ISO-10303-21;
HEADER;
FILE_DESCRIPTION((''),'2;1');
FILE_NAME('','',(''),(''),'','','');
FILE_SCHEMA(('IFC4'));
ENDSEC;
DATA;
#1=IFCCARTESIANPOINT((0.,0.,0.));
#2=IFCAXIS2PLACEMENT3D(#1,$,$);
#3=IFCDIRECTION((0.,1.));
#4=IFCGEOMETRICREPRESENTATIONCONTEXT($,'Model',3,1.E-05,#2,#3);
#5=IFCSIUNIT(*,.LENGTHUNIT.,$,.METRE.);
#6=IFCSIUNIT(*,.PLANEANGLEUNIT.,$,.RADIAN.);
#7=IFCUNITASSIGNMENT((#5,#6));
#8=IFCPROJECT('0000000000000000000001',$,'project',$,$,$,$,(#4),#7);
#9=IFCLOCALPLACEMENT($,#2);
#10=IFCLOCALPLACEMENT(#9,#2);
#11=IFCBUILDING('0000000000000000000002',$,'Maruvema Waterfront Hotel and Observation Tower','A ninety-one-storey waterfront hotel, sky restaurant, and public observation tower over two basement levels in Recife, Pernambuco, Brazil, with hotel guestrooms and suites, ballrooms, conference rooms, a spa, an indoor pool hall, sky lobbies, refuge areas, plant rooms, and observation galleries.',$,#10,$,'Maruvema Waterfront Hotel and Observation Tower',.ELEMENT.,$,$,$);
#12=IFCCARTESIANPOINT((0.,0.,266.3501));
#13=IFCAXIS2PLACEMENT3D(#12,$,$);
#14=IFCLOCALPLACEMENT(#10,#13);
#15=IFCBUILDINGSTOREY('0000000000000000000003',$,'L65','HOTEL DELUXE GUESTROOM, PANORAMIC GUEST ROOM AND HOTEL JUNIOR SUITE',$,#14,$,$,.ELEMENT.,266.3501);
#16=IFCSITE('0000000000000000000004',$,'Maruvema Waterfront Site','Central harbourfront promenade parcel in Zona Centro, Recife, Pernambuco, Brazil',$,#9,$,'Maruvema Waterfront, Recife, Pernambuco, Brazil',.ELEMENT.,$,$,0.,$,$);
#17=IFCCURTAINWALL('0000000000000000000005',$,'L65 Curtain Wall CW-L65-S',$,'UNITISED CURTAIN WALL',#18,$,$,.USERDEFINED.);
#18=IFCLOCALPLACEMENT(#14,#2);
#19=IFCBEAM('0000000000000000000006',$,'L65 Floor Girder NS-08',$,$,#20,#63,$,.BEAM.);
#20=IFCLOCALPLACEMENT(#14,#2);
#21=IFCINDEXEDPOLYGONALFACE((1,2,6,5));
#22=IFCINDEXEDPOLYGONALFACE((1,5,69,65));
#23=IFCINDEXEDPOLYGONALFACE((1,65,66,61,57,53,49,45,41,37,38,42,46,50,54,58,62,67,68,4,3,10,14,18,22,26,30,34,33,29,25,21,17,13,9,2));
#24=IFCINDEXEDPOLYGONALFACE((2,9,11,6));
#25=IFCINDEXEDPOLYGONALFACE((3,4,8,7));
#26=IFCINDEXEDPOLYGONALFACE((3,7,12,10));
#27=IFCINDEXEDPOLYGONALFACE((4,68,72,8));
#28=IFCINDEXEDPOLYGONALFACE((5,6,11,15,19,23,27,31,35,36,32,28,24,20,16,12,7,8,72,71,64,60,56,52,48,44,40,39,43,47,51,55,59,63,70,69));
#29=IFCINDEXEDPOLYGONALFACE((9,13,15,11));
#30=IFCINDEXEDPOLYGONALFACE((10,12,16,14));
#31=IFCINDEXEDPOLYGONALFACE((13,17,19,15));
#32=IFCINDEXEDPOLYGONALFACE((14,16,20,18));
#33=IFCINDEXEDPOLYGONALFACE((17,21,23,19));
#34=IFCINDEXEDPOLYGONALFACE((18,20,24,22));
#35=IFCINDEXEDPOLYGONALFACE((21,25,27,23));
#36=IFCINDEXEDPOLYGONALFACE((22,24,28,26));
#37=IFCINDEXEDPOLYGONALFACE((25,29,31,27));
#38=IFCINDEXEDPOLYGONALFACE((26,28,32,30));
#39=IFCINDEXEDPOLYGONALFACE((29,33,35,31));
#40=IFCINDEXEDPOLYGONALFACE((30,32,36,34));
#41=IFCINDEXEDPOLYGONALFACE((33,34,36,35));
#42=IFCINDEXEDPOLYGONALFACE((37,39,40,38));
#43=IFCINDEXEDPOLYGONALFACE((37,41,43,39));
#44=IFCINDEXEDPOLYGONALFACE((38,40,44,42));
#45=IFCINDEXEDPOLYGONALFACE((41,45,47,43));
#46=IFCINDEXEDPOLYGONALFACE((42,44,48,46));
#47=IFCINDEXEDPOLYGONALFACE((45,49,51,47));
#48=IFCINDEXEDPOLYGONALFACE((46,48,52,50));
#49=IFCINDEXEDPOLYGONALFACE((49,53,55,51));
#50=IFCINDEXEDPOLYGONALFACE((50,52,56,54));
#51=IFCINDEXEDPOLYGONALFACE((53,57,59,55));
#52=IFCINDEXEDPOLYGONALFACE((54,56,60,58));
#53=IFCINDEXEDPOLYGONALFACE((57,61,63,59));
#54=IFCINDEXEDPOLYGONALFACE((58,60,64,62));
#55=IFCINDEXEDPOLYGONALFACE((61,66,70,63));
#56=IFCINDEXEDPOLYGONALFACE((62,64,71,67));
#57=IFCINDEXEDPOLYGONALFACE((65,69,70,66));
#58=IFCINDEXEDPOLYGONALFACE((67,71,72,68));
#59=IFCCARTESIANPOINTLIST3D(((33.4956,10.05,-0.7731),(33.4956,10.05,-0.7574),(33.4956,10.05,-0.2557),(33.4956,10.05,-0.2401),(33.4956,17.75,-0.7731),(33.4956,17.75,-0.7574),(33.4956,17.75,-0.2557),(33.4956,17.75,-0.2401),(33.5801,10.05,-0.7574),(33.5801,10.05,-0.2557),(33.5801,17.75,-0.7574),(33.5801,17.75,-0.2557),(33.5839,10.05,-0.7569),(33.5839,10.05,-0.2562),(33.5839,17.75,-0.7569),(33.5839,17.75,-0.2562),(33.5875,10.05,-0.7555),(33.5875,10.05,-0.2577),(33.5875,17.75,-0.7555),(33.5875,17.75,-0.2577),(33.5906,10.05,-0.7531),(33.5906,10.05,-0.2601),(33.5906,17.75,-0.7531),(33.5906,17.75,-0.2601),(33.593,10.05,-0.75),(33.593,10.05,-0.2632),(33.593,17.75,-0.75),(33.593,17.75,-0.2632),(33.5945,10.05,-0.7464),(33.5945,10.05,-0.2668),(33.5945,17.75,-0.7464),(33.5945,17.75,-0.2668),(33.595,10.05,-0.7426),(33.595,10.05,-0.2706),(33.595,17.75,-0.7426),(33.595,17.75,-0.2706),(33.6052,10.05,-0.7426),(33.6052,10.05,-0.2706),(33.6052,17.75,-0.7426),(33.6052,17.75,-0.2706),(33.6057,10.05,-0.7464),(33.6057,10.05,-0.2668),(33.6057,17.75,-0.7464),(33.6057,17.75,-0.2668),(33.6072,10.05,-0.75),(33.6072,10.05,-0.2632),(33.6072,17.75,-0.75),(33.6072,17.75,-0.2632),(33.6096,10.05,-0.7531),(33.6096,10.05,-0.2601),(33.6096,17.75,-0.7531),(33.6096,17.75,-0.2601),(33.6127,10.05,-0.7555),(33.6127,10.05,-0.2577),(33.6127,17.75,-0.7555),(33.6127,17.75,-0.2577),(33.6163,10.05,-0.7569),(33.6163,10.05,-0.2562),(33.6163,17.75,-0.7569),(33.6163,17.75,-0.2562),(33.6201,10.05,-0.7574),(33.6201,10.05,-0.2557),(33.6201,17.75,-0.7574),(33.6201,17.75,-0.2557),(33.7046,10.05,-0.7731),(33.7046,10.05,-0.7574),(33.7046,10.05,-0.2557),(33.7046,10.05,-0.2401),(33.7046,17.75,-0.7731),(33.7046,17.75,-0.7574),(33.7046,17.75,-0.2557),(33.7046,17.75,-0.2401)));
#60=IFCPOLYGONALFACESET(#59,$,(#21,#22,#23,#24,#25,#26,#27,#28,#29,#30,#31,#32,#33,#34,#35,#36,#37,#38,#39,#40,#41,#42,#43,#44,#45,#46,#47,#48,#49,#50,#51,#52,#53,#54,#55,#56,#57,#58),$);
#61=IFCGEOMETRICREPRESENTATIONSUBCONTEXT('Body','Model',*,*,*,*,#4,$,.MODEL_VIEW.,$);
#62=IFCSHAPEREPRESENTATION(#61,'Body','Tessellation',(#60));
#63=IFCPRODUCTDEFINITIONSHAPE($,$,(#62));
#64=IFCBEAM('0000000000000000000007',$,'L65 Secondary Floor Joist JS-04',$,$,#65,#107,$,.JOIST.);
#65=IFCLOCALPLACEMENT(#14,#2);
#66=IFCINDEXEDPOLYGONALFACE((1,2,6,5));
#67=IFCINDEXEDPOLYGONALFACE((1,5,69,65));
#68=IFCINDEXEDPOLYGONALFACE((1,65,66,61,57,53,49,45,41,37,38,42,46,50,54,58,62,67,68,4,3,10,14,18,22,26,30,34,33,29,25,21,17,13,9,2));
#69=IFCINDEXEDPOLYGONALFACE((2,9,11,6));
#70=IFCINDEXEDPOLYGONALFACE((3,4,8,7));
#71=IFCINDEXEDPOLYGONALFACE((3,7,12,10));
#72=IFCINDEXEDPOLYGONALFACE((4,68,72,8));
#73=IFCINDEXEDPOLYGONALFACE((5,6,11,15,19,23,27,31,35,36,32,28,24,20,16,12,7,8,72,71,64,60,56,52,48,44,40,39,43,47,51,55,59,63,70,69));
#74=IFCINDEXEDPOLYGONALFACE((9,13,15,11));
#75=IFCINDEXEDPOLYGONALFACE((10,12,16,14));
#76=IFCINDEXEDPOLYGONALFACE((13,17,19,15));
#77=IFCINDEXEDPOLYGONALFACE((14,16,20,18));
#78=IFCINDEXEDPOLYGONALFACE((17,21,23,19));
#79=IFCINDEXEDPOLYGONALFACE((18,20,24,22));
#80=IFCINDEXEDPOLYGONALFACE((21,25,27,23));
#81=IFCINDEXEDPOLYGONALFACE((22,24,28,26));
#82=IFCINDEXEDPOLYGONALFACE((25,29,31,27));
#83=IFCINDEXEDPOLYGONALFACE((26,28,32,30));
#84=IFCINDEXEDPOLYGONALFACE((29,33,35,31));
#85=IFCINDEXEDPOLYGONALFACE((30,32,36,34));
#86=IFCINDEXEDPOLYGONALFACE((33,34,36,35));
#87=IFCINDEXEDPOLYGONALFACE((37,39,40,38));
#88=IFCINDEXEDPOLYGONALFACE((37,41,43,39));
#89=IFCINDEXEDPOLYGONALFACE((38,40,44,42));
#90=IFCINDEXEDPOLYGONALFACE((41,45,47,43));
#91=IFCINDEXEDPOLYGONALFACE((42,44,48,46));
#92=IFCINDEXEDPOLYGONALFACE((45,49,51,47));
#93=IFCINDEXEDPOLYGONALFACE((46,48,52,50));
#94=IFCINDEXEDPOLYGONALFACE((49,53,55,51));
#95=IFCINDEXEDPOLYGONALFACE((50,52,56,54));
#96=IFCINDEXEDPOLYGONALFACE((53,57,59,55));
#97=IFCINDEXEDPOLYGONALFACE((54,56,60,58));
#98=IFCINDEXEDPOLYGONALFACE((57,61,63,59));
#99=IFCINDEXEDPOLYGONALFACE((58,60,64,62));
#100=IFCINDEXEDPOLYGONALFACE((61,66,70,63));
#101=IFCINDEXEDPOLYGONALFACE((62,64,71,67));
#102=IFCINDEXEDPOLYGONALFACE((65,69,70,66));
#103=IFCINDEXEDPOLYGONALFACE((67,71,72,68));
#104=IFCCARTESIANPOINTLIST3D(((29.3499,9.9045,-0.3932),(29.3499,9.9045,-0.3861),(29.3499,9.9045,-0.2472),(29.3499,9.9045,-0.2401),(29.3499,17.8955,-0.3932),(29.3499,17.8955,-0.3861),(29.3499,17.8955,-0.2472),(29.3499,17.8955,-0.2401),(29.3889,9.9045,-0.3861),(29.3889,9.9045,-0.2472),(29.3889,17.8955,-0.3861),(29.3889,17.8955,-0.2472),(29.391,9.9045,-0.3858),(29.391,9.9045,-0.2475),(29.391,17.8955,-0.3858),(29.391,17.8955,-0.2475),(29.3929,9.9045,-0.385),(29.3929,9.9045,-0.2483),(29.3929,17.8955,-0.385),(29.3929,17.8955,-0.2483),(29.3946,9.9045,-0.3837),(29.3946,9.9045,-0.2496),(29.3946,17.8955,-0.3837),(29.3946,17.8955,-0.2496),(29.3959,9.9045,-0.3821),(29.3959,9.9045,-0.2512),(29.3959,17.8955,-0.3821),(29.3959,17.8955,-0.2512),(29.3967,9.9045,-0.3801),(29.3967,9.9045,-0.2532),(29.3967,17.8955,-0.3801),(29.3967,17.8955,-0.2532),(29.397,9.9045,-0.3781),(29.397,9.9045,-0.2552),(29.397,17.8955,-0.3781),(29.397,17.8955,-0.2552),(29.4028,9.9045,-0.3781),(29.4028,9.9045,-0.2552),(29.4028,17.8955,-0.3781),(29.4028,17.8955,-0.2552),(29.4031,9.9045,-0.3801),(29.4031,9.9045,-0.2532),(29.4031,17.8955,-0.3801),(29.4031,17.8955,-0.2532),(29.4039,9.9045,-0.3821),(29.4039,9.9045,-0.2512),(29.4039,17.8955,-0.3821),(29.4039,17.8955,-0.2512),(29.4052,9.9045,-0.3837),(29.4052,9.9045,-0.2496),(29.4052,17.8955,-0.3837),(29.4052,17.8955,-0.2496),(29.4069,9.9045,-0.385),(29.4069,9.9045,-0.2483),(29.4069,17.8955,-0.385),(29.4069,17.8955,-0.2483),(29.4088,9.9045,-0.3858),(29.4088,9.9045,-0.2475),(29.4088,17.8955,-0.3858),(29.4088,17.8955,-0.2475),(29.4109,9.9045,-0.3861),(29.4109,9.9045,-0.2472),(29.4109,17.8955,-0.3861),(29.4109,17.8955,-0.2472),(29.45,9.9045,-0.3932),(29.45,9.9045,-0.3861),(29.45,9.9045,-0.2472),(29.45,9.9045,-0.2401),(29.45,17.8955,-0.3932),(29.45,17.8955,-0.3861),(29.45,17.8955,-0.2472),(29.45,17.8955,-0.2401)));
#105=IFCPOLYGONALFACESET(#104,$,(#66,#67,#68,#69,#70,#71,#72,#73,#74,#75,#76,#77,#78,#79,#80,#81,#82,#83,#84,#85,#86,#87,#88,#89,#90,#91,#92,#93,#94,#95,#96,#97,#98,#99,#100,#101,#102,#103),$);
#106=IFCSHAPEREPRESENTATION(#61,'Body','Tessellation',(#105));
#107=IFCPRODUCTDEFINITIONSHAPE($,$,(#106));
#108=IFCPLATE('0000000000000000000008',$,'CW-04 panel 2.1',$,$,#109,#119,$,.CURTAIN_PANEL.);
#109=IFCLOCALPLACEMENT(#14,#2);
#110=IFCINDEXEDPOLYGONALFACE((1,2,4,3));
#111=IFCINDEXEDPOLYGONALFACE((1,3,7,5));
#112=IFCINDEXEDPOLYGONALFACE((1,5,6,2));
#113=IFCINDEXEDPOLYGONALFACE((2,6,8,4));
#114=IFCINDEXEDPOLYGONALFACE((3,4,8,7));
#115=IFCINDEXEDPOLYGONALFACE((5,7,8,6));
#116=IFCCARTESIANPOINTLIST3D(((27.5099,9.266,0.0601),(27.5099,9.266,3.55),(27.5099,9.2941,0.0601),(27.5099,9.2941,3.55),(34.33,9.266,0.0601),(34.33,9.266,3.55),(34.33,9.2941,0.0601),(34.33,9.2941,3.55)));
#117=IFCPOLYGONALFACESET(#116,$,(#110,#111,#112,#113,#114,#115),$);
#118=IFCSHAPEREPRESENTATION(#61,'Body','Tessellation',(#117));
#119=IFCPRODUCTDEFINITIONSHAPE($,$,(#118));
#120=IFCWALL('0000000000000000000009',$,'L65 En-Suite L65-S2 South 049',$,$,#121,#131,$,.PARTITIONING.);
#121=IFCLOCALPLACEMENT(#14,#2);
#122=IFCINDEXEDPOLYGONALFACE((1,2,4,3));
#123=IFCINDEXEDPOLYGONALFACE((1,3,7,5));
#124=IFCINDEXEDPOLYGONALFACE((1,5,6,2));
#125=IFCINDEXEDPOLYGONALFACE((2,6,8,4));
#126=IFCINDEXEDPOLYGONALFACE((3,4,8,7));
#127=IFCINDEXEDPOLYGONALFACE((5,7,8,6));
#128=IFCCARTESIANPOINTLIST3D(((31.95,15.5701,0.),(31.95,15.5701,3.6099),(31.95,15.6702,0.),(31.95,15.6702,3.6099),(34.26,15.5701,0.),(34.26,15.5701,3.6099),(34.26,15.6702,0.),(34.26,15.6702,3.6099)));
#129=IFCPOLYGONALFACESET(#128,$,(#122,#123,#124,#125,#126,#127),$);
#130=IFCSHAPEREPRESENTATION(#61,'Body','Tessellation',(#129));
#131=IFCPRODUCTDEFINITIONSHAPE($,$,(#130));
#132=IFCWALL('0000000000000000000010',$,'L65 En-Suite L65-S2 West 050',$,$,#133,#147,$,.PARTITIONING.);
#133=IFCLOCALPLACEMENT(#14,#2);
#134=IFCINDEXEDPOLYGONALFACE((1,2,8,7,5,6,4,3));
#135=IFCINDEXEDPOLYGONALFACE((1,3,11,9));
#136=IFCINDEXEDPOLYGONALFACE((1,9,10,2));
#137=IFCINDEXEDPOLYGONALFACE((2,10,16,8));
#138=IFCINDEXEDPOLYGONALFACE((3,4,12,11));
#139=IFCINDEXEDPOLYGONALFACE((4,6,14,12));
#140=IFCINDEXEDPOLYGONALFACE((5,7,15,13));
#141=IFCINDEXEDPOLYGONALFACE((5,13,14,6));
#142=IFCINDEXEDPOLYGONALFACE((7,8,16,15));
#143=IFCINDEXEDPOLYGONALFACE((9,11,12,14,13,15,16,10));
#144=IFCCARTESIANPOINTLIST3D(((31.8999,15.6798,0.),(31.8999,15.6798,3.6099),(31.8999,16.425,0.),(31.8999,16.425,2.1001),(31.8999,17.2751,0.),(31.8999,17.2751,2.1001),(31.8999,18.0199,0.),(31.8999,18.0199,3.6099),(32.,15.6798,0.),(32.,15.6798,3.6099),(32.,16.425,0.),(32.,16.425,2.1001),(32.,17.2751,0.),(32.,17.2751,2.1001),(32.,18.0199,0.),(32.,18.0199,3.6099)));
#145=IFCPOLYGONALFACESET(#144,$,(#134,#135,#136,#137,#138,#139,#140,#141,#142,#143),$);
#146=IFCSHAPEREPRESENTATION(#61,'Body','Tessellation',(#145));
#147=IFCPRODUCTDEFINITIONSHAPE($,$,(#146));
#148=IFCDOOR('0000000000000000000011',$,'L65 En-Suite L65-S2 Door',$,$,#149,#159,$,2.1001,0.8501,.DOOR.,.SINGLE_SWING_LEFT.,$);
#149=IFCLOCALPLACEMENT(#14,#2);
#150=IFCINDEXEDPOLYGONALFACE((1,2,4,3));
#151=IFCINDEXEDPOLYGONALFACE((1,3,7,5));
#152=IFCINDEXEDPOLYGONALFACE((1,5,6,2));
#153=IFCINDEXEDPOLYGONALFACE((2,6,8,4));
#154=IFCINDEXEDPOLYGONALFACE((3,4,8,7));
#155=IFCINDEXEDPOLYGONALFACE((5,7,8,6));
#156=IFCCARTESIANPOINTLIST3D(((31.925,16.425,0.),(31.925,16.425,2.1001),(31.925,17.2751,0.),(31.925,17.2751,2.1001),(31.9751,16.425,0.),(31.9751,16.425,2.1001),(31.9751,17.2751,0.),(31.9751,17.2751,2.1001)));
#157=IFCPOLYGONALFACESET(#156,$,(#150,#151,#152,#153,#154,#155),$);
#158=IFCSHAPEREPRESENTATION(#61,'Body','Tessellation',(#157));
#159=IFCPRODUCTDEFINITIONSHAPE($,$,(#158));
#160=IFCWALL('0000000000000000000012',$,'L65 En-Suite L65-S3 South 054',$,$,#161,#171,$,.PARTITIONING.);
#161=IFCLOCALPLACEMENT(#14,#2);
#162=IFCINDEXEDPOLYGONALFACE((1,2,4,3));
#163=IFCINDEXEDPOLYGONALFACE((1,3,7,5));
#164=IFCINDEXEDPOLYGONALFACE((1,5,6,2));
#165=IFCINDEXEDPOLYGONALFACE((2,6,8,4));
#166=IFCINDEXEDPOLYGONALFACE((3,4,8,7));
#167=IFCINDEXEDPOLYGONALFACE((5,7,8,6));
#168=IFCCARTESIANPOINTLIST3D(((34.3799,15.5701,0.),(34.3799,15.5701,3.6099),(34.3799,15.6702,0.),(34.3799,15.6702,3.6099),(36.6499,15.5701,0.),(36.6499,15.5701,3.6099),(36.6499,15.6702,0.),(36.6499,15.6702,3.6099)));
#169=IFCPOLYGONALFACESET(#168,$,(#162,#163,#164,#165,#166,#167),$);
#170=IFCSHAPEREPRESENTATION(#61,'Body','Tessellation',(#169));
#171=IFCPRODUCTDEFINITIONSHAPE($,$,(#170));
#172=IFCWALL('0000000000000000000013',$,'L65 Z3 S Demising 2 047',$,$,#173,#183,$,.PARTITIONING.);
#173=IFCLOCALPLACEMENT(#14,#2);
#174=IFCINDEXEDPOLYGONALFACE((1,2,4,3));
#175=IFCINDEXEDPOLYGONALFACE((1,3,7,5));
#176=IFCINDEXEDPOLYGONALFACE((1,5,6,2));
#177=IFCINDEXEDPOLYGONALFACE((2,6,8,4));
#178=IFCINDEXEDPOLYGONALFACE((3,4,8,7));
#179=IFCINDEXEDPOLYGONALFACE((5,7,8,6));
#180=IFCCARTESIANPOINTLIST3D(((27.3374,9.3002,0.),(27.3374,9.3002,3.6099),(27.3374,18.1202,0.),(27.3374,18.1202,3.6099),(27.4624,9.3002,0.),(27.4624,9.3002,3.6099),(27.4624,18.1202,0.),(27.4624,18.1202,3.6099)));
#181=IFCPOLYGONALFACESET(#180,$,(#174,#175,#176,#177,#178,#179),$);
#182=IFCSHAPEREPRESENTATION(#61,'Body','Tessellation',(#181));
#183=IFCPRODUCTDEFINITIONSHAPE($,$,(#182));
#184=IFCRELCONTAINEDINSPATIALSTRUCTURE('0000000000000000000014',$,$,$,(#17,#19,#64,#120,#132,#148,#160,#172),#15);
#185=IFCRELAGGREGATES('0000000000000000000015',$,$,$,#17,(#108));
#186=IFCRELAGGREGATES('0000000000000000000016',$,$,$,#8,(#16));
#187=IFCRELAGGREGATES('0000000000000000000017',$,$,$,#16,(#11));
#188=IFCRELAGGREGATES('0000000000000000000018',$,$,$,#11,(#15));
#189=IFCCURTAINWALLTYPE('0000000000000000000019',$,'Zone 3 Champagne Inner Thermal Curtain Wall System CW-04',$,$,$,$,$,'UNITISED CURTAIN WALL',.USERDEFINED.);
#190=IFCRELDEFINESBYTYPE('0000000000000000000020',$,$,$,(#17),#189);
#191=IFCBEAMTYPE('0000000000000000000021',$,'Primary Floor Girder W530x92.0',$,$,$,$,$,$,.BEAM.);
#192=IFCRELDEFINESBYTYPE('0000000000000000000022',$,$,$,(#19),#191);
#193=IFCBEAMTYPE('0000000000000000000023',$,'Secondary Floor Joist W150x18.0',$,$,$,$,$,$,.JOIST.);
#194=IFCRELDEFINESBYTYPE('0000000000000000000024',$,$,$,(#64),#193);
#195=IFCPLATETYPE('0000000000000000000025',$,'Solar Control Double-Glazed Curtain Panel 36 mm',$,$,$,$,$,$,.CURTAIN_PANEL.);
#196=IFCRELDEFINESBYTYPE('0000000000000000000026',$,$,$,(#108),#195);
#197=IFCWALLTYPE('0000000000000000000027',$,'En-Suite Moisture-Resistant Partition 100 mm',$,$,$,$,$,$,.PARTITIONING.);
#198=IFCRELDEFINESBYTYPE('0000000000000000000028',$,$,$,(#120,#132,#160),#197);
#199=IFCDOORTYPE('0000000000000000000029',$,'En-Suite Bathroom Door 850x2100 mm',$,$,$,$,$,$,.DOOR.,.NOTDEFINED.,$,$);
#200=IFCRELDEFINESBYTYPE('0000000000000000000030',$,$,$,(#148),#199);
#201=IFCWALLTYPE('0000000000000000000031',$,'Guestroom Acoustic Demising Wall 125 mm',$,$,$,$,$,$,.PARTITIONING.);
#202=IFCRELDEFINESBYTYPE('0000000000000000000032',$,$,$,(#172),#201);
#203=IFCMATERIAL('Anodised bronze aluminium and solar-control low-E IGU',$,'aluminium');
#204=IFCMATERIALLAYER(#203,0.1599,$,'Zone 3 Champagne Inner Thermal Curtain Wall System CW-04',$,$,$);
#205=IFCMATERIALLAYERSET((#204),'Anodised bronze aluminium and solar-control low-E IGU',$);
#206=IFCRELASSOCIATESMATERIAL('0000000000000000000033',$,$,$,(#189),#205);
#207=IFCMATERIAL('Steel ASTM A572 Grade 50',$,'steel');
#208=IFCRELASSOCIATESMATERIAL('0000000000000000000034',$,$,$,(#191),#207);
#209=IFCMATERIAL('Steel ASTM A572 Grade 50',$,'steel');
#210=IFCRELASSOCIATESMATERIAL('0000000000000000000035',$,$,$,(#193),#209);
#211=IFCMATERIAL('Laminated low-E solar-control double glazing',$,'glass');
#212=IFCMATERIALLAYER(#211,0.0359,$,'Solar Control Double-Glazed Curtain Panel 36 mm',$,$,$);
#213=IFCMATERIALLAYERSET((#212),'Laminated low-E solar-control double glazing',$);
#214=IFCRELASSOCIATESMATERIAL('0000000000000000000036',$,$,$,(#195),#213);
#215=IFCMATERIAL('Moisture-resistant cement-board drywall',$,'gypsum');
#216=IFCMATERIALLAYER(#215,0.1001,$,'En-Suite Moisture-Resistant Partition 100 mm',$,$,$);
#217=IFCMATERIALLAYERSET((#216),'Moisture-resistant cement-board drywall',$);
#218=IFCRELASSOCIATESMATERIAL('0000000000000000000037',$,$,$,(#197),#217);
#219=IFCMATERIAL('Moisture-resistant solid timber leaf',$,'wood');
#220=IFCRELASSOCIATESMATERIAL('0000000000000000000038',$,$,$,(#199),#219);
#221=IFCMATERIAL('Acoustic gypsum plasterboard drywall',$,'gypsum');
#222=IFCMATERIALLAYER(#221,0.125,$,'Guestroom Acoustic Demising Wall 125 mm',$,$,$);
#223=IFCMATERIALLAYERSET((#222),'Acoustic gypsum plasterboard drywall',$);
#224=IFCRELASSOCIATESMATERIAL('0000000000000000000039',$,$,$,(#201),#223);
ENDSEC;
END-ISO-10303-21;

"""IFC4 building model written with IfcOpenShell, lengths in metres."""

from ifc_helpers import new_model, si_unit, direction, frame, frame_2d, origin, origin_2d, place, context, subcontext, project, spatial, rectangle, i_section, extrude, material, layer, layer_set, material_profile, profile_set, type_object, element, fill, aggregate, save


model = new_model("IFC4")

# Units and contexts
model_context = context("Model", 3, precision=1e-05, world=origin(), true_north=direction((0.0, 1.0)))
body_context = subcontext(model_context, "Body", "Model", "MODEL_VIEW")
ifc_project = project(units=[si_unit("LENGTHUNIT", "METRE"), si_unit("PLANEANGLEUNIT", "RADIAN")], contexts=[model_context])

# Site, building, storey
site_placement = place(None, origin())
site = spatial("IfcSite", under=ifc_project, at=site_placement, Name="Maruvema Waterfront Site", Description="Central harbourfront promenade parcel in Zona Centro, Recife, Pernambuco, Brazil", LongName="Maruvema Waterfront, Recife, Pernambuco, Brazil", CompositionType="ELEMENT", RefElevation=0.0)
building_placement = place(site_placement, origin())
building = spatial("IfcBuilding", under=site, at=building_placement, Name="Maruvema Waterfront Hotel and Observation Tower", Description="A ninety-one-storey waterfront hotel, sky restaurant, and public observation tower over two basement levels in Recife, Pernambuco, Brazil, with hotel guestrooms and suites, ballrooms, conference rooms, a spa, an indoor pool hall, sky lobbies, refuge areas, plant rooms, and observation galleries.", LongName="Maruvema Waterfront Hotel and Observation Tower", CompositionType="ELEMENT")
storey_placement = place(building_placement, frame((0.0, 0.0, 266.3501)))
storey = spatial("IfcBuildingStorey", under=building, at=storey_placement, Name="L65", Description="HOTEL DELUXE GUESTROOM, PANORAMIC GUEST ROOM AND HOTEL JUNIOR SUITE", CompositionType="ELEMENT", Elevation=266.3501)

# Curtain wall
ifc_material_1 = material(Name="Anodised bronze aluminium and solar-control low-E IGU", Category="aluminium")
ifc_layer_1 = layer(ifc_material_1, 0.1599, Name="Zone 3 Champagne Inner Thermal Curtain Wall System CW-04")
ifc_layer_set_1 = layer_set([ifc_layer_1], Name="Anodised bronze aluminium and solar-control low-E IGU")
curtain_wall_type = type_object("IfcCurtainWallType", Name="Zone 3 Champagne Inner Thermal Curtain Wall System CW-04", ElementType="UNITISED CURTAIN WALL", PredefinedType="USERDEFINED", material=ifc_layer_set_1)
curtain_wall_placement = place(storey_placement, origin())
curtain_wall = element("IfcCurtainWall", 1, at=curtain_wall_placement, inside=storey, type_object=curtain_wall_type, Name="L65 Curtain Wall CW-L65-S", ObjectType="UNITISED CURTAIN WALL", PredefinedType="USERDEFINED")

# Beams
ifc_material_2 = material(Name="Steel ASTM A572 Grade 50", Category="steel")
ifc_material_profile_1 = material_profile(ifc_material_2, i_section(OverallWidth=0.209, OverallDepth=0.533, WebThickness=0.0103, FlangeThickness=0.0156, FilletRadius=0.0149, at=origin_2d()), Name="W530x92.0")
ifc_profile_set_1 = profile_set([ifc_material_profile_1], Name="Steel ASTM A572 Grade 50")
beam_type_1 = type_object("IfcBeamType", Name="Primary Floor Girder W530x92.0", PredefinedType="BEAM", material=ifc_profile_set_1)
beam_1_placement = place(storey_placement, frame((33.6001, 10.05, -0.5066), z_axis=(0.0, 1.0, 0.0), x_axis=(-1.0, 0.0, 0.0)))
element("IfcBeam", 2, at=beam_1_placement, inside=storey, type_object=beam_type_1, Name="L65 Floor Girder NS-08", PredefinedType="BEAM", context=body_context, shape_type="SweptSolid", body=[
    extrude(i_section(OverallWidth=0.209, OverallDepth=0.533, WebThickness=0.0103, FlangeThickness=0.0156, FilletRadius=0.0149, at=origin_2d()), origin(), (0.0, 0.0, 1.0), 7.7),
])
ifc_material_3 = material(Name="Steel ASTM A572 Grade 50", Category="steel")
ifc_material_profile_2 = material_profile(ifc_material_3, i_section(OverallWidth=0.1001, OverallDepth=0.1531, WebThickness=0.0059, FlangeThickness=0.0071, FilletRadius=0.0081, at=origin_2d()), Name="W150x18.0")
ifc_profile_set_2 = profile_set([ifc_material_profile_2], Name="Steel ASTM A572 Grade 50")
beam_type_2 = type_object("IfcBeamType", Name="Secondary Floor Joist W150x18.0", PredefinedType="JOIST", material=ifc_profile_set_2)
beam_2_placement = place(storey_placement, frame((29.3999, 9.9045, -0.3167), z_axis=(0.0, 1.0, 0.0), x_axis=(-1.0, 0.0, 0.0)))
element("IfcBeam", 3, at=beam_2_placement, inside=storey, type_object=beam_type_2, Name="L65 Secondary Floor Joist JS-04", PredefinedType="JOIST", context=body_context, shape_type="SweptSolid", body=[
    extrude(i_section(OverallWidth=0.1001, OverallDepth=0.1531, WebThickness=0.0059, FlangeThickness=0.0071, FilletRadius=0.0081, at=origin_2d()), origin(), (0.0, 0.0, 1.0), 7.991),
])

# Plate
ifc_material_4 = material(Name="Laminated low-E solar-control double glazing", Category="glass")
ifc_layer_2 = layer(ifc_material_4, 0.0359, Name="Solar Control Double-Glazed Curtain Panel 36 mm")
ifc_layer_set_2 = layer_set([ifc_layer_2], Name="Laminated low-E solar-control double glazing")
plate_type = type_object("IfcPlateType", Name="Solar Control Double-Glazed Curtain Panel 36 mm", PredefinedType="CURTAIN_PANEL", material=ifc_layer_set_2)
plate_placement = place(storey_placement, frame((30.9199, 9.28, 0.0601), z_axis=(0.0, 0.0, 1.0), x_axis=(1.0, 0.0, 0.0)))
plate = element("IfcPlate", 4, at=plate_placement, type_object=plate_type, Name="CW-04 panel 2.1", PredefinedType="CURTAIN_PANEL", context=body_context, shape_type="SweptSolid", body=[
    extrude(rectangle(XDim=6.8201, YDim=0.0281, at=origin_2d()), origin(), (0.0, 0.0, 1.0), 3.49),
])
aggregate(curtain_wall, [plate])

# Wall
ifc_material_5 = material(Name="Moisture-resistant cement-board drywall", Category="gypsum")
ifc_layer_3 = layer(ifc_material_5, 0.1001, Name="En-Suite Moisture-Resistant Partition 100 mm")
ifc_layer_set_3 = layer_set([ifc_layer_3], Name="Moisture-resistant cement-board drywall")
wall_type_1 = type_object("IfcWallType", Name="En-Suite Moisture-Resistant Partition 100 mm", PredefinedType="PARTITIONING", material=ifc_layer_set_3)
wall_1_placement = place(storey_placement, frame((31.95, 15.6201, 0.0), z_axis=(0.0, 0.0, 1.0), x_axis=(1.0, 0.0, 0.0)))
element("IfcWall", 5, at=wall_1_placement, inside=storey, type_object=wall_type_1, Name="L65 En-Suite L65-S2 South 049", PredefinedType="PARTITIONING", context=body_context, shape_type="SweptSolid", body=[
    extrude(rectangle(XDim=2.3101, YDim=0.1001, at=frame_2d((1.155, 0.0))), origin(), (0.0, 0.0, 1.0), 3.6099),
])

# Wall, opening, door
wall_2_placement = place(storey_placement, frame((31.95, 15.6799, 0.0), z_axis=(0.0, 0.0, 1.0), x_axis=(0.0, 1.0, 0.0)))
wall_2 = element("IfcWall", 6, at=wall_2_placement, inside=storey, type_object=wall_type_1, Name="L65 En-Suite L65-S2 West 050", PredefinedType="PARTITIONING", context=body_context, shape_type="SweptSolid", body=[
    extrude(rectangle(XDim=2.3401, YDim=0.1001, at=frame_2d((1.1699, 0.0))), origin(), (0.0, 0.0, 1.0), 3.6099),
])
opening_placement = place(wall_2_placement, frame((0.7451, 0.0, 0.0)))
opening = element("IfcOpeningElement", 7, at=opening_placement, cuts=wall_2, PredefinedType="OPENING", context=body_context, shape_type="SweptSolid", body=[
    extrude(rectangle(XDim=0.8501, YDim=2.1001, at=frame_2d((0.425, 1.05))), frame((0.0, 0.0601, 0.0), z_axis=(0.0, -1.0, 0.0), x_axis=(1.0, 0.0, 0.0)), (0.0, 0.0, 1.0), 0.1201),
])
ifc_material_6 = material(Name="Moisture-resistant solid timber leaf", Category="wood")
door_type = type_object("IfcDoorType", Name="En-Suite Bathroom Door 850x2100 mm", OperationType="NOTDEFINED", PredefinedType="DOOR", material=ifc_material_6)
door_placement = place(opening_placement, origin())
door = element("IfcDoor", 8, at=door_placement, inside=storey, type_object=door_type, Name="L65 En-Suite L65-S2 Door", OperationType="SINGLE_SWING_LEFT", OverallHeight=2.1001, OverallWidth=0.8501, PredefinedType="DOOR", context=body_context, shape_type="SweptSolid", body=[
    extrude(rectangle(XDim=0.8501, YDim=2.1001, at=frame_2d((0.425, 1.05))), frame((0.0, 0.0249, 0.0), z_axis=(0.0, -1.0, 0.0), x_axis=(1.0, 0.0, 0.0)), (0.0, 0.0, 1.0), 0.05),
])
fill(opening, door)

# Walls
wall_3_placement = place(storey_placement, frame((34.3799, 15.6201, 0.0), z_axis=(0.0, 0.0, 1.0), x_axis=(1.0, 0.0, 0.0)))
element("IfcWall", 9, at=wall_3_placement, inside=storey, type_object=wall_type_1, Name="L65 En-Suite L65-S3 South 054", PredefinedType="PARTITIONING", context=body_context, shape_type="SweptSolid", body=[
    extrude(rectangle(XDim=2.27, YDim=0.1001, at=frame_2d((1.135, 0.0))), origin(), (0.0, 0.0, 1.0), 3.6099),
])
ifc_material_7 = material(Name="Acoustic gypsum plasterboard drywall", Category="gypsum")
ifc_layer_4 = layer(ifc_material_7, 0.125, Name="Guestroom Acoustic Demising Wall 125 mm")
ifc_layer_set_4 = layer_set([ifc_layer_4], Name="Acoustic gypsum plasterboard drywall")
wall_type_2 = type_object("IfcWallType", Name="Guestroom Acoustic Demising Wall 125 mm", PredefinedType="PARTITIONING", material=ifc_layer_set_4)
for number, where, z_axis, x_axis, name in (
    (10, (27.3999, 9.3, 0.0), (0.0, 0.0, 1.0), (0.0, 1.0, 0.0), "L65 Z3 S Demising 2 047"),
):
    element("IfcWall", number, at=place(storey_placement, frame(where, z_axis=z_axis, x_axis=x_axis)), inside=storey, type_object=wall_type_2, Name=name, PredefinedType="PARTITIONING", context=body_context, shape_type="SweptSolid", body=[
        extrude(rectangle(XDim=8.8201, YDim=0.125, at=frame_2d((4.4102, 0.0))), origin(), (0.0, 0.0, 1.0), 3.6099),
    ])

save(model, "model.ifc")
